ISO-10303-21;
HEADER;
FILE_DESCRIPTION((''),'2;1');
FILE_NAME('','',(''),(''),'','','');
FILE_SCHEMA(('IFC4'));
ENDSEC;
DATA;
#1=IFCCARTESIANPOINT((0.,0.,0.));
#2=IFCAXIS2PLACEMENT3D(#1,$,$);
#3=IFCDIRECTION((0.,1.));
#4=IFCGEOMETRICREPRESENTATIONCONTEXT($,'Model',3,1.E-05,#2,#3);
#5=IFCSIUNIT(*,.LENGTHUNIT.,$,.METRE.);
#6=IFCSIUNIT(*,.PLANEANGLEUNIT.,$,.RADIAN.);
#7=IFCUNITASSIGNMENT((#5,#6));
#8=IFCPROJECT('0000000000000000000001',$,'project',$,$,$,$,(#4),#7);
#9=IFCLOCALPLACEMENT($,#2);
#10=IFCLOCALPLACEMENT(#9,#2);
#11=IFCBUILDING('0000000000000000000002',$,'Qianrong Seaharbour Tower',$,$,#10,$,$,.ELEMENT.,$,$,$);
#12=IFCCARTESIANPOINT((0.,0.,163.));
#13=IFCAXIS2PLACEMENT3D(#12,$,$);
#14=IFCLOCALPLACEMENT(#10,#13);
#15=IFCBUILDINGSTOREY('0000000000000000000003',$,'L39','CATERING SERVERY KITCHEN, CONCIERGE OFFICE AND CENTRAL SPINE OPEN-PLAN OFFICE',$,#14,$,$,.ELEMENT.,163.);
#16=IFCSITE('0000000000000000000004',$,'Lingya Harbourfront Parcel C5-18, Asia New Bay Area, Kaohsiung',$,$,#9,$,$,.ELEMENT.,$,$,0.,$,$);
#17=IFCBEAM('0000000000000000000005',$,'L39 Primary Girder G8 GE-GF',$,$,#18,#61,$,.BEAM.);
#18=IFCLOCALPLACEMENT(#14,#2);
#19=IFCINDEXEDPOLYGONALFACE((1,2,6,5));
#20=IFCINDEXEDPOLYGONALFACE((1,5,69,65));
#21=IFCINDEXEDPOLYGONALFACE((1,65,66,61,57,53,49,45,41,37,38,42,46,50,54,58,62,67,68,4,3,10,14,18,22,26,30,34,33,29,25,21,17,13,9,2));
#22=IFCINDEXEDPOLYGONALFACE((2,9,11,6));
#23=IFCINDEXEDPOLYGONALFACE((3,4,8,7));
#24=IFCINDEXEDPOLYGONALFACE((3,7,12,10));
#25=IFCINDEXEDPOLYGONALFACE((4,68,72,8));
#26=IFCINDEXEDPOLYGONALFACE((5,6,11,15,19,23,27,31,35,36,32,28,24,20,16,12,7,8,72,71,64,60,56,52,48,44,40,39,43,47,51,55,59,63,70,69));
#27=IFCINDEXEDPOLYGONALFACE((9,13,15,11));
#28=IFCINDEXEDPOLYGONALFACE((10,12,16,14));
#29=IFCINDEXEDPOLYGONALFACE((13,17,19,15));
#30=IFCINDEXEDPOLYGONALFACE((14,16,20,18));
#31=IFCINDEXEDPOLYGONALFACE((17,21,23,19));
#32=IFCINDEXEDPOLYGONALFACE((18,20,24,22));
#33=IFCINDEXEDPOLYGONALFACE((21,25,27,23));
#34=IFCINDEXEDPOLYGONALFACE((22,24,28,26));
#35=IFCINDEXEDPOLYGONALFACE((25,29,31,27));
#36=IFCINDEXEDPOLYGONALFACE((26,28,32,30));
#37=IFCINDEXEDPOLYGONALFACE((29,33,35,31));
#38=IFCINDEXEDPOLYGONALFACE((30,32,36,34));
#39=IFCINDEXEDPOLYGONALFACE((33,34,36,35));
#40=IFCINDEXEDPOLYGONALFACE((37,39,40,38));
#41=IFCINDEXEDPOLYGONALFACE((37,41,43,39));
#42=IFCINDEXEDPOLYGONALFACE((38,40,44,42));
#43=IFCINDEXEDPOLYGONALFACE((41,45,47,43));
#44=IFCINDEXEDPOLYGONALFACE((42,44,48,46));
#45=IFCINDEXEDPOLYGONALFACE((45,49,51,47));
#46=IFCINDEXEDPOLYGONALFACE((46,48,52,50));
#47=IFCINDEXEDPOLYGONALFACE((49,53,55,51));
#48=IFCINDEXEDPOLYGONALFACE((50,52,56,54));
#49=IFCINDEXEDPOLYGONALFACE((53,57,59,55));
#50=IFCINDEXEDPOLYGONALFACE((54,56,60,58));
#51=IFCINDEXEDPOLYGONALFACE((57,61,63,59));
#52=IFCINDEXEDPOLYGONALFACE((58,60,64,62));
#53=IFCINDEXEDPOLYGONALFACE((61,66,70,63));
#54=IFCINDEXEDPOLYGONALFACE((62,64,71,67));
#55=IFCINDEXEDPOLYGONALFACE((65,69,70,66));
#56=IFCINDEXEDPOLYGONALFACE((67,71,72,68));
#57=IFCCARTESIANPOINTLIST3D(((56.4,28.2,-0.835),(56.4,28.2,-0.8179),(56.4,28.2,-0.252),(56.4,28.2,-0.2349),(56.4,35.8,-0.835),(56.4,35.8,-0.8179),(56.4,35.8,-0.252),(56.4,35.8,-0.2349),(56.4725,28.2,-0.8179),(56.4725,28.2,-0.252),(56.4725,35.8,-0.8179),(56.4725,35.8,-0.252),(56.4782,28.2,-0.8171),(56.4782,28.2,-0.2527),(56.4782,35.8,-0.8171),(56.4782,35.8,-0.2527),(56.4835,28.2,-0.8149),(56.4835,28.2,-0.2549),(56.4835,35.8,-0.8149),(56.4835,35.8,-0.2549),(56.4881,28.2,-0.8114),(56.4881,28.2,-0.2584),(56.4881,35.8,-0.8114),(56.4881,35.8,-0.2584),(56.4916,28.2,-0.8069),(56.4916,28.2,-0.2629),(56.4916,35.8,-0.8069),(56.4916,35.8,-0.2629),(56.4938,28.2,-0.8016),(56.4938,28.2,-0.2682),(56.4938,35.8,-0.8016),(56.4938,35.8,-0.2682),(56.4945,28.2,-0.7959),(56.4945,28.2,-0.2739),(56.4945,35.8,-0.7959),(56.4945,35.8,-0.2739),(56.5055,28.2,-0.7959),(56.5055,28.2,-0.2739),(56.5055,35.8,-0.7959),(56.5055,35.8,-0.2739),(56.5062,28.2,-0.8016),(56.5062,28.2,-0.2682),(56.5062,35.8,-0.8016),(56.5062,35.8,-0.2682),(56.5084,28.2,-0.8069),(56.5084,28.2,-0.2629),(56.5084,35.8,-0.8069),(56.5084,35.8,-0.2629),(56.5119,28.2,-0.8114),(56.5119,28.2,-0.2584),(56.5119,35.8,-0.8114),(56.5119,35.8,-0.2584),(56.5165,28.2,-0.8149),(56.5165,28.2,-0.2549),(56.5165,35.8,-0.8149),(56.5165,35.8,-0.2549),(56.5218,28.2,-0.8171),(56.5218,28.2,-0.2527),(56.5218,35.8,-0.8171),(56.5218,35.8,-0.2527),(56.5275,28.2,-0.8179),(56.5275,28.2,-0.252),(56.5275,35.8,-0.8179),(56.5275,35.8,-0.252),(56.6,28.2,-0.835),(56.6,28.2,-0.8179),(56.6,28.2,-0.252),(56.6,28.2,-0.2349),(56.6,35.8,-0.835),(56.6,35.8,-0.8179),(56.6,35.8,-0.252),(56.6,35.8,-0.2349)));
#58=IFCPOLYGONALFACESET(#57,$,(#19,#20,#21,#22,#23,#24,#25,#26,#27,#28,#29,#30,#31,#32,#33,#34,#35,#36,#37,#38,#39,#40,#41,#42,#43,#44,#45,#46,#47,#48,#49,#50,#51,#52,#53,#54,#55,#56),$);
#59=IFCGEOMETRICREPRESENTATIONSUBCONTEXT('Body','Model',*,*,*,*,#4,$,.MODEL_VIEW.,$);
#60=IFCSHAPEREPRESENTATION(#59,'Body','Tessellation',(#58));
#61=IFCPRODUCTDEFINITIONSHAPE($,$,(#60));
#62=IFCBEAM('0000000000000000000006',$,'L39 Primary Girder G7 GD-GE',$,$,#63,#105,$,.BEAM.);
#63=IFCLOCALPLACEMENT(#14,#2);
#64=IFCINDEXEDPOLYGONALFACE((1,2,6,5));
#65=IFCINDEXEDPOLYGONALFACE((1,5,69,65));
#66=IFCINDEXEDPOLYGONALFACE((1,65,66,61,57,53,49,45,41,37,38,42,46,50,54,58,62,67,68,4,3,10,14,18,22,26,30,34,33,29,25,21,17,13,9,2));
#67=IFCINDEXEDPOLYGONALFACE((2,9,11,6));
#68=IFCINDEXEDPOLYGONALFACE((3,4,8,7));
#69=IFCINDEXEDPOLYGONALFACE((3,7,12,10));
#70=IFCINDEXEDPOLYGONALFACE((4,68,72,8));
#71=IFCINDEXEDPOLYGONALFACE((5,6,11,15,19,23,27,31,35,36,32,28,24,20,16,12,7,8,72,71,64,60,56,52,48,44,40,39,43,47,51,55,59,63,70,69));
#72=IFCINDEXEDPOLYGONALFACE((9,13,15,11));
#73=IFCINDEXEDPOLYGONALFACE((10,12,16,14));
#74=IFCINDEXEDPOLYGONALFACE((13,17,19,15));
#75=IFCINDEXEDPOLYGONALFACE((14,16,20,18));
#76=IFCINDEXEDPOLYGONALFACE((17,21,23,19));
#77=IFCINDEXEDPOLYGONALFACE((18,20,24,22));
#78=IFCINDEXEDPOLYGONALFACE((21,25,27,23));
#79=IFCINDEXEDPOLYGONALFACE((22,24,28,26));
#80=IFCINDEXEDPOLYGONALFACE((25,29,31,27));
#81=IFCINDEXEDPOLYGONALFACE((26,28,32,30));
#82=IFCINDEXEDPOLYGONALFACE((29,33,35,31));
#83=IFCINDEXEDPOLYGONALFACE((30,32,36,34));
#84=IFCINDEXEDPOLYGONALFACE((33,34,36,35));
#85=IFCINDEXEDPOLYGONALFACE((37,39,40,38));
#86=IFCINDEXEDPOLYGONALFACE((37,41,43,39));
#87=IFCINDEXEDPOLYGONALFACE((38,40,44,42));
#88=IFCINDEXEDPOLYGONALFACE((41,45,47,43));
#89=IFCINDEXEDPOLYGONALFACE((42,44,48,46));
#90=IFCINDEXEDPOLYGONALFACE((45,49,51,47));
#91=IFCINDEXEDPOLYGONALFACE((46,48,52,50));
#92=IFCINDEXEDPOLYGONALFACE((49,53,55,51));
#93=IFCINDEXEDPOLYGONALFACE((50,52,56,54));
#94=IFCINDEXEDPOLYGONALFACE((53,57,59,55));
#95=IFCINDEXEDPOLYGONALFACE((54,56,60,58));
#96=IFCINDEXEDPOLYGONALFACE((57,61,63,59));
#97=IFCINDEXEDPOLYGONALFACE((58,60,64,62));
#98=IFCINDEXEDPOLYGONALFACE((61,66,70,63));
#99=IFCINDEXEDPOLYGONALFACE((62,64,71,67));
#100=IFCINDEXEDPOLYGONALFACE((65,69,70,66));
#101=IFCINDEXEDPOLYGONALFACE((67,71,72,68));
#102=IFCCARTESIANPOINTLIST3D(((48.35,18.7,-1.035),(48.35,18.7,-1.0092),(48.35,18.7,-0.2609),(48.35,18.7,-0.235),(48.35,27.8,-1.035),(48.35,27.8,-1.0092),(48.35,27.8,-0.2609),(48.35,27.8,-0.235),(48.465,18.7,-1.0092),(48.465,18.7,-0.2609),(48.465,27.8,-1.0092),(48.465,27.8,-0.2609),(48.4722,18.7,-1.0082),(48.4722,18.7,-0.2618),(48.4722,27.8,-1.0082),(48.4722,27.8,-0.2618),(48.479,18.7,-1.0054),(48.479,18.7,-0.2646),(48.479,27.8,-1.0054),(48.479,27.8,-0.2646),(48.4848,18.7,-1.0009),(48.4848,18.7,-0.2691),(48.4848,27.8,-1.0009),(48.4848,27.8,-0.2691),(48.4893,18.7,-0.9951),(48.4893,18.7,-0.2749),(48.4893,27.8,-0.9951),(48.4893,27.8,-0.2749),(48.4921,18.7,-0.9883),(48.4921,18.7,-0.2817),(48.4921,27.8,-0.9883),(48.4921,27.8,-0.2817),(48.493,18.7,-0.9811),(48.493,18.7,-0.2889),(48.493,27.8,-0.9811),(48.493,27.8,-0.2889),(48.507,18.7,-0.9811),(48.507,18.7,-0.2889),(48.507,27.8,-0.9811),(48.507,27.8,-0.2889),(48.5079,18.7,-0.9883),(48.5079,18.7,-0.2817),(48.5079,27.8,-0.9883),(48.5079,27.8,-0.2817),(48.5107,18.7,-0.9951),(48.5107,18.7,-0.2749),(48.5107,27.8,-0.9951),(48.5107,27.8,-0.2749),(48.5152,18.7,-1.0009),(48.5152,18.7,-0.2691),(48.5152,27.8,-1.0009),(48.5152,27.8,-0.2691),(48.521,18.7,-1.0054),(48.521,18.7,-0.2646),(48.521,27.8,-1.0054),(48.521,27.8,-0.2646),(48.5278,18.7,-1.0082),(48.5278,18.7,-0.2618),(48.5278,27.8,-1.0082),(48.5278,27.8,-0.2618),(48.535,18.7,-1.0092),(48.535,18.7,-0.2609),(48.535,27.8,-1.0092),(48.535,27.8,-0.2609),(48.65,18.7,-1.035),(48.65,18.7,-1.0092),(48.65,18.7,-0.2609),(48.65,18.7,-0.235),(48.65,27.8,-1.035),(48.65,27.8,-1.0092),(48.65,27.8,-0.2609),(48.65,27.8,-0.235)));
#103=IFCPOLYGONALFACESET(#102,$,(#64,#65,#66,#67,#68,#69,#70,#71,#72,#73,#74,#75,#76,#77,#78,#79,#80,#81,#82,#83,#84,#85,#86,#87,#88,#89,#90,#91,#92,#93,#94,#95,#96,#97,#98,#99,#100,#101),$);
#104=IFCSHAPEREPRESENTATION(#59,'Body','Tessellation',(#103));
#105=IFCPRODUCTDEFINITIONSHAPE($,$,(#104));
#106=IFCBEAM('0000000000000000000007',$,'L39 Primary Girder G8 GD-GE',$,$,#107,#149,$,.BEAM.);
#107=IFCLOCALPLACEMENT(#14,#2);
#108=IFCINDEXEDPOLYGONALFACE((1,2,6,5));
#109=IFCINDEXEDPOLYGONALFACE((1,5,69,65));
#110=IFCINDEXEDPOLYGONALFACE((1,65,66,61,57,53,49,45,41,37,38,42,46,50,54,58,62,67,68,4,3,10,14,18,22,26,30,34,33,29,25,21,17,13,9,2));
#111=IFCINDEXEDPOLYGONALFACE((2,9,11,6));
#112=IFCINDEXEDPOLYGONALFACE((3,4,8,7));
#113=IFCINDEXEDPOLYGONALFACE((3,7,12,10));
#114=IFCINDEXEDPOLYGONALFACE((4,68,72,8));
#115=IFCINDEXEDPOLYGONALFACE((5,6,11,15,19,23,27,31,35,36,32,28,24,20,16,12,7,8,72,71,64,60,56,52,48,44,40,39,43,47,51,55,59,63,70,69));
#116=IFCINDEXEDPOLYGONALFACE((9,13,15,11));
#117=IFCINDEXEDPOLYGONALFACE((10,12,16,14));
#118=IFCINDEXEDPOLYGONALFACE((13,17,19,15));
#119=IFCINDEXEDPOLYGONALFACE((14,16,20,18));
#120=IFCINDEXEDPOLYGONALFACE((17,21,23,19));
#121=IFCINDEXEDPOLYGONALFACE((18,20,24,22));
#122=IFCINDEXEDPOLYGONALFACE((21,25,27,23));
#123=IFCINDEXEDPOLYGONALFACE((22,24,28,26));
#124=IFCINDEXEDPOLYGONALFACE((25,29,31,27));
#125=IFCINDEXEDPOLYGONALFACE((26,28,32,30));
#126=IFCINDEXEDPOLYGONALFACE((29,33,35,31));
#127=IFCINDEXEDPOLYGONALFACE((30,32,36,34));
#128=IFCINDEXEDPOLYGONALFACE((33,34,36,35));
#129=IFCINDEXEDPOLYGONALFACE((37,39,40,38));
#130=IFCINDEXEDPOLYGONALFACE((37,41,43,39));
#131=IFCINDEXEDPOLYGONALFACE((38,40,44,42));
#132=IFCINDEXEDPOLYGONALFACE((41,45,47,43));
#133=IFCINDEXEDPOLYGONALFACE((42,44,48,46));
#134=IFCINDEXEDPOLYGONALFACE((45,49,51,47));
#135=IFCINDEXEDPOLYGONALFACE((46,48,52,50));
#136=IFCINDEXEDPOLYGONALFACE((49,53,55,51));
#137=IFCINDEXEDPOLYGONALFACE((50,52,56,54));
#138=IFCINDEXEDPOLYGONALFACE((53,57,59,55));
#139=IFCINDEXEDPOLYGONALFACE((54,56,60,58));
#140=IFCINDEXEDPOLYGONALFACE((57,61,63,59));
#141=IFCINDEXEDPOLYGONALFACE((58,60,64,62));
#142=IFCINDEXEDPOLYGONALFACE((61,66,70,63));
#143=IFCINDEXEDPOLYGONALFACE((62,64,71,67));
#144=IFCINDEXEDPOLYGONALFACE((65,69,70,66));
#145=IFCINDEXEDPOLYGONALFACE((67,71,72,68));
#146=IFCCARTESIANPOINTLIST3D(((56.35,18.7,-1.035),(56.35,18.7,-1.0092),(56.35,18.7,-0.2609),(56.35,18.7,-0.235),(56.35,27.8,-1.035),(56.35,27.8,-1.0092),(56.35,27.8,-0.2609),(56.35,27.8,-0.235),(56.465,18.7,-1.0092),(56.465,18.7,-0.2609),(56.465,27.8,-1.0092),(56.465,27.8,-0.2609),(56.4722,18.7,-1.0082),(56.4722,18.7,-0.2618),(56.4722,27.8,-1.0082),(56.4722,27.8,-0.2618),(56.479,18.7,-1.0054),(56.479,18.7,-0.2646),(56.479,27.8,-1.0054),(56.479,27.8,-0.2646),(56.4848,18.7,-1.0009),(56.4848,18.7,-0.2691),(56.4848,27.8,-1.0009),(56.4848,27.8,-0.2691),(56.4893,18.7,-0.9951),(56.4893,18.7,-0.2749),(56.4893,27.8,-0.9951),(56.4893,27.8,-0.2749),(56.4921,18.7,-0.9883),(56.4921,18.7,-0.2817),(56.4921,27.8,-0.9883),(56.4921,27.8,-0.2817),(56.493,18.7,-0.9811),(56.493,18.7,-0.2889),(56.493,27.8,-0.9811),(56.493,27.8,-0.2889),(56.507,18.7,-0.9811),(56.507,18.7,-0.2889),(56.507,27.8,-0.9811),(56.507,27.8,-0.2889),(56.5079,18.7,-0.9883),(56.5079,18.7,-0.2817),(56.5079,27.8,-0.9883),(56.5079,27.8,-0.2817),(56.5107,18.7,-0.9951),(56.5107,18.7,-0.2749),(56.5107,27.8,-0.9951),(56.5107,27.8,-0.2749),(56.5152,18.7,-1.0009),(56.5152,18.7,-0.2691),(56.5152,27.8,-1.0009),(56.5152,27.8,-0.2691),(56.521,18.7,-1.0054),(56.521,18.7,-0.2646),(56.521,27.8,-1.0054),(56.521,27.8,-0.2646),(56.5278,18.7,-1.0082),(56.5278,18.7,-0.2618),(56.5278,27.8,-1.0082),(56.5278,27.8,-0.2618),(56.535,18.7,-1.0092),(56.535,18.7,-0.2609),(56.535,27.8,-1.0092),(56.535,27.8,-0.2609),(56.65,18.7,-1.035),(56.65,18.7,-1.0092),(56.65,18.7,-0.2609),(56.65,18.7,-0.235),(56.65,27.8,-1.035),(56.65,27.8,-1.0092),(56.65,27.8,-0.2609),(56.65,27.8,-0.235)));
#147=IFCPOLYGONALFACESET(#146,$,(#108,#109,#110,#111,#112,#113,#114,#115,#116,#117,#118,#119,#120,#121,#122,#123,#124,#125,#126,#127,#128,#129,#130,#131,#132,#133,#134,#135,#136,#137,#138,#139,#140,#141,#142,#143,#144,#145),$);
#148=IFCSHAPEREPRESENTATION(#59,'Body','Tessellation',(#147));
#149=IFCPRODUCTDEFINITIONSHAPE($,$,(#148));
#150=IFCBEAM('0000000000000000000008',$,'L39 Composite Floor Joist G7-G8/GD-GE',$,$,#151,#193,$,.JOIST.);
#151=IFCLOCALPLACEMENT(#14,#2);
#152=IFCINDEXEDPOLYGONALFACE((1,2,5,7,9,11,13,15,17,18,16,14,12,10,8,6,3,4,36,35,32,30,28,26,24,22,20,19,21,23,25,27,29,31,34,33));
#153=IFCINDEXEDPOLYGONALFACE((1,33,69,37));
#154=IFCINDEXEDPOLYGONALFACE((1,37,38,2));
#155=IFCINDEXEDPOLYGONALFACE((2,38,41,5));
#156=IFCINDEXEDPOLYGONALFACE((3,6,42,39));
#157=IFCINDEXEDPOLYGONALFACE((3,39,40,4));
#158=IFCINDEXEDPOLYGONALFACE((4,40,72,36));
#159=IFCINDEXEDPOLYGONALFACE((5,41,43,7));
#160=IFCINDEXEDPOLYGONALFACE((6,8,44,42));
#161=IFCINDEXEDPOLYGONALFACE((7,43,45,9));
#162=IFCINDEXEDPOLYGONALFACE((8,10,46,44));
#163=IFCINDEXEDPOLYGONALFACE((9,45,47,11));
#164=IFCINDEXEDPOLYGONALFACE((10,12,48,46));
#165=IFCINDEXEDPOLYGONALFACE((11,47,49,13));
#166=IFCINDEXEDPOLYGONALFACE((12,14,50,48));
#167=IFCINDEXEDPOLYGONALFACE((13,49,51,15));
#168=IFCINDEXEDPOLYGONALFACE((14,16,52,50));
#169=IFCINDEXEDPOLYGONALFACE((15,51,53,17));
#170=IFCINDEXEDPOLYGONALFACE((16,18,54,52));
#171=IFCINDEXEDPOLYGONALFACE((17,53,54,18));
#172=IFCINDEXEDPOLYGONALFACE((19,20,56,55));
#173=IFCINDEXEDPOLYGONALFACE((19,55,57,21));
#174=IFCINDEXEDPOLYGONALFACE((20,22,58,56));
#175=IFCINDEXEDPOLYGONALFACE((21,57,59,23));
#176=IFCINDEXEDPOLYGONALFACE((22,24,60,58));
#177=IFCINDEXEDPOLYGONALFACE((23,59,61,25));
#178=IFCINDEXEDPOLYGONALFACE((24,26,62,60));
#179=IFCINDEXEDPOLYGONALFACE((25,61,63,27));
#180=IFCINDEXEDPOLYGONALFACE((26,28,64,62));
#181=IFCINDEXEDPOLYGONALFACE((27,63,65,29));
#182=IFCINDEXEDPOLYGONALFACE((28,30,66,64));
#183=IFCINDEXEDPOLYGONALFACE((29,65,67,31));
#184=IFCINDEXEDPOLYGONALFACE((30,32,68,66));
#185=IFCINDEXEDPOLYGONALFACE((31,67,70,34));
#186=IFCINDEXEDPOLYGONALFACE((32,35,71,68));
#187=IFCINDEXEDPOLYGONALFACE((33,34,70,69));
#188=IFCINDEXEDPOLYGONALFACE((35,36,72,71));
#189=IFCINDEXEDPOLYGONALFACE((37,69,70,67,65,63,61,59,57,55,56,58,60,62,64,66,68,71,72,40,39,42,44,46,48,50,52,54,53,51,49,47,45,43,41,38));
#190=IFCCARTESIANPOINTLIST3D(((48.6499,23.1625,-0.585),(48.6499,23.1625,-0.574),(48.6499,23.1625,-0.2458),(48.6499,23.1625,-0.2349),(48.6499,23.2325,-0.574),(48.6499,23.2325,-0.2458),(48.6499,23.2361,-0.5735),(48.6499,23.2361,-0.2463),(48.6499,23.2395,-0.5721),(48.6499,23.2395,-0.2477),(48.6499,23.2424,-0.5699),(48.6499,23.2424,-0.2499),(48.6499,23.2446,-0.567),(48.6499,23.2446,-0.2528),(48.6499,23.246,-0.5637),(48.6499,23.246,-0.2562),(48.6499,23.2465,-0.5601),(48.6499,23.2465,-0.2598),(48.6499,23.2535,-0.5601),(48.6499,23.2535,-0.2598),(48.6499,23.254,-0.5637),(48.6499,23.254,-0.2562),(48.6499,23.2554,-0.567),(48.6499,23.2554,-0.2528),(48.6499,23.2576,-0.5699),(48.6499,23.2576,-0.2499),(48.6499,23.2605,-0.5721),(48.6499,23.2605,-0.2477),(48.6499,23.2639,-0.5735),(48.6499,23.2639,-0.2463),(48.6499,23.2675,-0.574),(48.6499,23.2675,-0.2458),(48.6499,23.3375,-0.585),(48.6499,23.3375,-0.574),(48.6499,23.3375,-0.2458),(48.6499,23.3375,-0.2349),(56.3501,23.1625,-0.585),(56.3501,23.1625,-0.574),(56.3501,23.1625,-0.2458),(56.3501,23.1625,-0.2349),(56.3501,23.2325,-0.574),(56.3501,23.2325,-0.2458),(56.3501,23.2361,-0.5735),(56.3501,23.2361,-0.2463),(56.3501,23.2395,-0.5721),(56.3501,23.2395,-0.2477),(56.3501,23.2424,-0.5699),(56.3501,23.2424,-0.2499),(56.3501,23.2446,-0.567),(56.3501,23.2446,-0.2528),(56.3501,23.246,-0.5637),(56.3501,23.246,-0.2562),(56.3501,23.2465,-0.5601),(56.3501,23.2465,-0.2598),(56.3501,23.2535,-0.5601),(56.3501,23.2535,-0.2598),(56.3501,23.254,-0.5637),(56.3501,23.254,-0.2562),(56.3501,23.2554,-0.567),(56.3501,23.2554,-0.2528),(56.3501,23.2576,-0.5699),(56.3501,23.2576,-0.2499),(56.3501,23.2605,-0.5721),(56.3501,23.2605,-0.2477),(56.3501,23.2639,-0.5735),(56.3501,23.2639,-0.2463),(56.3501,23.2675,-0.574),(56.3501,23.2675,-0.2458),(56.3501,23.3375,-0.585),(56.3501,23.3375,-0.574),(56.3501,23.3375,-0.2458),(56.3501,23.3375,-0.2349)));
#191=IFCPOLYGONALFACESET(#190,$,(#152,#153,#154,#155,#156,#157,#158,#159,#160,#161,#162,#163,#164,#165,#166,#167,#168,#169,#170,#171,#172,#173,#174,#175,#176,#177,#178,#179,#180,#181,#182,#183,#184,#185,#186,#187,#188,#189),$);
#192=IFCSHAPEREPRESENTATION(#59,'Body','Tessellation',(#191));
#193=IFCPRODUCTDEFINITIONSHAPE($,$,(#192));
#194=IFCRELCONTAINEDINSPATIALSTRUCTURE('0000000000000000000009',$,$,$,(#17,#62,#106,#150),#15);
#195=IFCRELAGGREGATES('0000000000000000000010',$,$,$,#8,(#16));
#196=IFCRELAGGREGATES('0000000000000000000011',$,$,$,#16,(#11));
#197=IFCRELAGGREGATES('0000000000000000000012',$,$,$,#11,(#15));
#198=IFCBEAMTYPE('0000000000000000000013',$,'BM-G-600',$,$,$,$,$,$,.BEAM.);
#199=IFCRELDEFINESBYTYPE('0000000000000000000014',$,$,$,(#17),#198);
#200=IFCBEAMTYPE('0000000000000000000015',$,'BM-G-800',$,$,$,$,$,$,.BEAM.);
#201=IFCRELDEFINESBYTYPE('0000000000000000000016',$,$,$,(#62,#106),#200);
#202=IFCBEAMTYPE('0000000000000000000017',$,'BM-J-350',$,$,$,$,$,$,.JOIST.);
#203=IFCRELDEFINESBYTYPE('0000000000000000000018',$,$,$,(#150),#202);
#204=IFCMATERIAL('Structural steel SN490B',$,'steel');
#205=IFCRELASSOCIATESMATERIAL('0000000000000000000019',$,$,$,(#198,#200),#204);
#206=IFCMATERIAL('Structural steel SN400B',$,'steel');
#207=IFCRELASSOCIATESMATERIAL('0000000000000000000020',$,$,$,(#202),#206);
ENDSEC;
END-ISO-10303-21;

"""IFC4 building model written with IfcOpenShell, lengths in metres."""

from ifc_helpers import new_model, si_unit, direction, frame, origin, origin_2d, place, context, subcontext, project, spatial, i_section, extrude, material, material_profile, profile_set, type_object, element, save


model = new_model("IFC4")

# Units and contexts
model_context = context("Model", 3, precision=1e-05, world=origin(), true_north=direction((0.0, 1.0)))
body_context = subcontext(model_context, "Body", "Model", "MODEL_VIEW")
ifc_project = project(units=[si_unit("LENGTHUNIT", "METRE"), si_unit("PLANEANGLEUNIT", "RADIAN")], contexts=[model_context])

# Site, building, storey
site_placement = place(None, origin())
site = spatial("IfcSite", under=ifc_project, at=site_placement, Name="Lingya Harbourfront Parcel C5-18, Asia New Bay Area, Kaohsiung", CompositionType="ELEMENT", RefElevation=0.0)
building_placement = place(site_placement, origin())
building = spatial("IfcBuilding", under=site, at=building_placement, Name="Qianrong Seaharbour Tower", CompositionType="ELEMENT")
storey_placement = place(building_placement, frame((0.0, 0.0, 163.0)))
storey = spatial("IfcBuildingStorey", under=building, at=storey_placement, Name="L39", Description="CATERING SERVERY KITCHEN, CONCIERGE OFFICE AND CENTRAL SPINE OPEN-PLAN OFFICE", CompositionType="ELEMENT", Elevation=163.0)

# Shared definitions
ifc_material_1 = material(Name="Structural steel SN490B", Category="steel")

# Beams
ifc_material_profile_1 = material_profile(ifc_material_1, i_section(OverallWidth=0.2, OverallDepth=0.6001, WebThickness=0.011, FlangeThickness=0.0171, FilletRadius=0.022, at=origin_2d()), Name="H600x200x11x17")
ifc_profile_set_1 = profile_set([ifc_material_profile_1], Name="Structural steel SN490B")
beam_type_1 = type_object("IfcBeamType", Name="BM-G-600", PredefinedType="BEAM", material=ifc_profile_set_1)
for number, where, z_axis, x_axis, name in (
    (1, (56.5, 28.2, -0.5349), (0.0, 1.0, 0.0), (-1.0, 0.0, 0.0), "L39 Primary Girder G8 GE-GF"),
):
    element("IfcBeam", number, at=place(storey_placement, frame(where, z_axis=z_axis, x_axis=x_axis)), inside=storey, type_object=beam_type_1, Name=name, PredefinedType="BEAM", context=body_context, shape_type="SweptSolid", body=[
        extrude(i_section(OverallWidth=0.2, OverallDepth=0.6001, WebThickness=0.011, FlangeThickness=0.0171, FilletRadius=0.022, at=origin_2d()), origin(), (0.0, 0.0, 1.0), 7.6001),
    ])
ifc_material_profile_2 = material_profile(ifc_material_1, i_section(OverallWidth=0.3, OverallDepth=0.8, WebThickness=0.0139, FlangeThickness=0.0259, FilletRadius=0.0281, at=origin_2d()), Name="H800x300x14x26")
ifc_profile_set_2 = profile_set([ifc_material_profile_2], Name="Structural steel SN490B")
beam_type_2 = type_object("IfcBeamType", Name="BM-G-800", PredefinedType="BEAM", material=ifc_profile_set_2)
for number, where, z_axis, x_axis, name in (
    (2, (48.5, 18.7, -0.635), (0.0, 1.0, 0.0), (-1.0, 0.0, 0.0), "L39 Primary Girder G7 GD-GE"),
    (3, (56.5, 18.7, -0.635), (0.0, 1.0, 0.0), (-1.0, 0.0, 0.0), "L39 Primary Girder G8 GD-GE"),
):
    element("IfcBeam", number, at=place(storey_placement, frame(where, z_axis=z_axis, x_axis=x_axis)), inside=storey, type_object=beam_type_2, Name=name, PredefinedType="BEAM", context=body_context, shape_type="SweptSolid", body=[
        extrude(i_section(OverallWidth=0.3, OverallDepth=0.8, WebThickness=0.0139, FlangeThickness=0.0259, FilletRadius=0.0281, at=origin_2d()), origin(), (0.0, 0.0, 1.0), 9.1001),
    ])
ifc_material_2 = material(Name="Structural steel SN400B", Category="steel")
ifc_material_profile_3 = material_profile(ifc_material_2, i_section(OverallWidth=0.175, OverallDepth=0.3501, WebThickness=0.0071, FlangeThickness=0.011, FilletRadius=0.0139, at=origin_2d()), Name="H350x175x7x11")
ifc_profile_set_3 = profile_set([ifc_material_profile_3], Name="Structural steel SN400B")
beam_type_3 = type_object("IfcBeamType", Name="BM-J-350", PredefinedType="JOIST", material=ifc_profile_set_3)
beam_1_placement = place(storey_placement, frame((48.6499, 23.25, -0.4099), z_axis=(1.0, 0.0, 0.0), x_axis=(0.0, 1.0, 0.0)))
element("IfcBeam", 4, at=beam_1_placement, inside=storey, type_object=beam_type_3, Name="L39 Composite Floor Joist G7-G8/GD-GE", PredefinedType="JOIST", context=body_context, shape_type="SweptSolid", body=[
    extrude(i_section(OverallWidth=0.175, OverallDepth=0.3501, WebThickness=0.0071, FlangeThickness=0.011, FilletRadius=0.0139, at=origin_2d()), origin(), (0.0, 0.0, 1.0), 7.7002),
])

save(model, "model.ifc")
